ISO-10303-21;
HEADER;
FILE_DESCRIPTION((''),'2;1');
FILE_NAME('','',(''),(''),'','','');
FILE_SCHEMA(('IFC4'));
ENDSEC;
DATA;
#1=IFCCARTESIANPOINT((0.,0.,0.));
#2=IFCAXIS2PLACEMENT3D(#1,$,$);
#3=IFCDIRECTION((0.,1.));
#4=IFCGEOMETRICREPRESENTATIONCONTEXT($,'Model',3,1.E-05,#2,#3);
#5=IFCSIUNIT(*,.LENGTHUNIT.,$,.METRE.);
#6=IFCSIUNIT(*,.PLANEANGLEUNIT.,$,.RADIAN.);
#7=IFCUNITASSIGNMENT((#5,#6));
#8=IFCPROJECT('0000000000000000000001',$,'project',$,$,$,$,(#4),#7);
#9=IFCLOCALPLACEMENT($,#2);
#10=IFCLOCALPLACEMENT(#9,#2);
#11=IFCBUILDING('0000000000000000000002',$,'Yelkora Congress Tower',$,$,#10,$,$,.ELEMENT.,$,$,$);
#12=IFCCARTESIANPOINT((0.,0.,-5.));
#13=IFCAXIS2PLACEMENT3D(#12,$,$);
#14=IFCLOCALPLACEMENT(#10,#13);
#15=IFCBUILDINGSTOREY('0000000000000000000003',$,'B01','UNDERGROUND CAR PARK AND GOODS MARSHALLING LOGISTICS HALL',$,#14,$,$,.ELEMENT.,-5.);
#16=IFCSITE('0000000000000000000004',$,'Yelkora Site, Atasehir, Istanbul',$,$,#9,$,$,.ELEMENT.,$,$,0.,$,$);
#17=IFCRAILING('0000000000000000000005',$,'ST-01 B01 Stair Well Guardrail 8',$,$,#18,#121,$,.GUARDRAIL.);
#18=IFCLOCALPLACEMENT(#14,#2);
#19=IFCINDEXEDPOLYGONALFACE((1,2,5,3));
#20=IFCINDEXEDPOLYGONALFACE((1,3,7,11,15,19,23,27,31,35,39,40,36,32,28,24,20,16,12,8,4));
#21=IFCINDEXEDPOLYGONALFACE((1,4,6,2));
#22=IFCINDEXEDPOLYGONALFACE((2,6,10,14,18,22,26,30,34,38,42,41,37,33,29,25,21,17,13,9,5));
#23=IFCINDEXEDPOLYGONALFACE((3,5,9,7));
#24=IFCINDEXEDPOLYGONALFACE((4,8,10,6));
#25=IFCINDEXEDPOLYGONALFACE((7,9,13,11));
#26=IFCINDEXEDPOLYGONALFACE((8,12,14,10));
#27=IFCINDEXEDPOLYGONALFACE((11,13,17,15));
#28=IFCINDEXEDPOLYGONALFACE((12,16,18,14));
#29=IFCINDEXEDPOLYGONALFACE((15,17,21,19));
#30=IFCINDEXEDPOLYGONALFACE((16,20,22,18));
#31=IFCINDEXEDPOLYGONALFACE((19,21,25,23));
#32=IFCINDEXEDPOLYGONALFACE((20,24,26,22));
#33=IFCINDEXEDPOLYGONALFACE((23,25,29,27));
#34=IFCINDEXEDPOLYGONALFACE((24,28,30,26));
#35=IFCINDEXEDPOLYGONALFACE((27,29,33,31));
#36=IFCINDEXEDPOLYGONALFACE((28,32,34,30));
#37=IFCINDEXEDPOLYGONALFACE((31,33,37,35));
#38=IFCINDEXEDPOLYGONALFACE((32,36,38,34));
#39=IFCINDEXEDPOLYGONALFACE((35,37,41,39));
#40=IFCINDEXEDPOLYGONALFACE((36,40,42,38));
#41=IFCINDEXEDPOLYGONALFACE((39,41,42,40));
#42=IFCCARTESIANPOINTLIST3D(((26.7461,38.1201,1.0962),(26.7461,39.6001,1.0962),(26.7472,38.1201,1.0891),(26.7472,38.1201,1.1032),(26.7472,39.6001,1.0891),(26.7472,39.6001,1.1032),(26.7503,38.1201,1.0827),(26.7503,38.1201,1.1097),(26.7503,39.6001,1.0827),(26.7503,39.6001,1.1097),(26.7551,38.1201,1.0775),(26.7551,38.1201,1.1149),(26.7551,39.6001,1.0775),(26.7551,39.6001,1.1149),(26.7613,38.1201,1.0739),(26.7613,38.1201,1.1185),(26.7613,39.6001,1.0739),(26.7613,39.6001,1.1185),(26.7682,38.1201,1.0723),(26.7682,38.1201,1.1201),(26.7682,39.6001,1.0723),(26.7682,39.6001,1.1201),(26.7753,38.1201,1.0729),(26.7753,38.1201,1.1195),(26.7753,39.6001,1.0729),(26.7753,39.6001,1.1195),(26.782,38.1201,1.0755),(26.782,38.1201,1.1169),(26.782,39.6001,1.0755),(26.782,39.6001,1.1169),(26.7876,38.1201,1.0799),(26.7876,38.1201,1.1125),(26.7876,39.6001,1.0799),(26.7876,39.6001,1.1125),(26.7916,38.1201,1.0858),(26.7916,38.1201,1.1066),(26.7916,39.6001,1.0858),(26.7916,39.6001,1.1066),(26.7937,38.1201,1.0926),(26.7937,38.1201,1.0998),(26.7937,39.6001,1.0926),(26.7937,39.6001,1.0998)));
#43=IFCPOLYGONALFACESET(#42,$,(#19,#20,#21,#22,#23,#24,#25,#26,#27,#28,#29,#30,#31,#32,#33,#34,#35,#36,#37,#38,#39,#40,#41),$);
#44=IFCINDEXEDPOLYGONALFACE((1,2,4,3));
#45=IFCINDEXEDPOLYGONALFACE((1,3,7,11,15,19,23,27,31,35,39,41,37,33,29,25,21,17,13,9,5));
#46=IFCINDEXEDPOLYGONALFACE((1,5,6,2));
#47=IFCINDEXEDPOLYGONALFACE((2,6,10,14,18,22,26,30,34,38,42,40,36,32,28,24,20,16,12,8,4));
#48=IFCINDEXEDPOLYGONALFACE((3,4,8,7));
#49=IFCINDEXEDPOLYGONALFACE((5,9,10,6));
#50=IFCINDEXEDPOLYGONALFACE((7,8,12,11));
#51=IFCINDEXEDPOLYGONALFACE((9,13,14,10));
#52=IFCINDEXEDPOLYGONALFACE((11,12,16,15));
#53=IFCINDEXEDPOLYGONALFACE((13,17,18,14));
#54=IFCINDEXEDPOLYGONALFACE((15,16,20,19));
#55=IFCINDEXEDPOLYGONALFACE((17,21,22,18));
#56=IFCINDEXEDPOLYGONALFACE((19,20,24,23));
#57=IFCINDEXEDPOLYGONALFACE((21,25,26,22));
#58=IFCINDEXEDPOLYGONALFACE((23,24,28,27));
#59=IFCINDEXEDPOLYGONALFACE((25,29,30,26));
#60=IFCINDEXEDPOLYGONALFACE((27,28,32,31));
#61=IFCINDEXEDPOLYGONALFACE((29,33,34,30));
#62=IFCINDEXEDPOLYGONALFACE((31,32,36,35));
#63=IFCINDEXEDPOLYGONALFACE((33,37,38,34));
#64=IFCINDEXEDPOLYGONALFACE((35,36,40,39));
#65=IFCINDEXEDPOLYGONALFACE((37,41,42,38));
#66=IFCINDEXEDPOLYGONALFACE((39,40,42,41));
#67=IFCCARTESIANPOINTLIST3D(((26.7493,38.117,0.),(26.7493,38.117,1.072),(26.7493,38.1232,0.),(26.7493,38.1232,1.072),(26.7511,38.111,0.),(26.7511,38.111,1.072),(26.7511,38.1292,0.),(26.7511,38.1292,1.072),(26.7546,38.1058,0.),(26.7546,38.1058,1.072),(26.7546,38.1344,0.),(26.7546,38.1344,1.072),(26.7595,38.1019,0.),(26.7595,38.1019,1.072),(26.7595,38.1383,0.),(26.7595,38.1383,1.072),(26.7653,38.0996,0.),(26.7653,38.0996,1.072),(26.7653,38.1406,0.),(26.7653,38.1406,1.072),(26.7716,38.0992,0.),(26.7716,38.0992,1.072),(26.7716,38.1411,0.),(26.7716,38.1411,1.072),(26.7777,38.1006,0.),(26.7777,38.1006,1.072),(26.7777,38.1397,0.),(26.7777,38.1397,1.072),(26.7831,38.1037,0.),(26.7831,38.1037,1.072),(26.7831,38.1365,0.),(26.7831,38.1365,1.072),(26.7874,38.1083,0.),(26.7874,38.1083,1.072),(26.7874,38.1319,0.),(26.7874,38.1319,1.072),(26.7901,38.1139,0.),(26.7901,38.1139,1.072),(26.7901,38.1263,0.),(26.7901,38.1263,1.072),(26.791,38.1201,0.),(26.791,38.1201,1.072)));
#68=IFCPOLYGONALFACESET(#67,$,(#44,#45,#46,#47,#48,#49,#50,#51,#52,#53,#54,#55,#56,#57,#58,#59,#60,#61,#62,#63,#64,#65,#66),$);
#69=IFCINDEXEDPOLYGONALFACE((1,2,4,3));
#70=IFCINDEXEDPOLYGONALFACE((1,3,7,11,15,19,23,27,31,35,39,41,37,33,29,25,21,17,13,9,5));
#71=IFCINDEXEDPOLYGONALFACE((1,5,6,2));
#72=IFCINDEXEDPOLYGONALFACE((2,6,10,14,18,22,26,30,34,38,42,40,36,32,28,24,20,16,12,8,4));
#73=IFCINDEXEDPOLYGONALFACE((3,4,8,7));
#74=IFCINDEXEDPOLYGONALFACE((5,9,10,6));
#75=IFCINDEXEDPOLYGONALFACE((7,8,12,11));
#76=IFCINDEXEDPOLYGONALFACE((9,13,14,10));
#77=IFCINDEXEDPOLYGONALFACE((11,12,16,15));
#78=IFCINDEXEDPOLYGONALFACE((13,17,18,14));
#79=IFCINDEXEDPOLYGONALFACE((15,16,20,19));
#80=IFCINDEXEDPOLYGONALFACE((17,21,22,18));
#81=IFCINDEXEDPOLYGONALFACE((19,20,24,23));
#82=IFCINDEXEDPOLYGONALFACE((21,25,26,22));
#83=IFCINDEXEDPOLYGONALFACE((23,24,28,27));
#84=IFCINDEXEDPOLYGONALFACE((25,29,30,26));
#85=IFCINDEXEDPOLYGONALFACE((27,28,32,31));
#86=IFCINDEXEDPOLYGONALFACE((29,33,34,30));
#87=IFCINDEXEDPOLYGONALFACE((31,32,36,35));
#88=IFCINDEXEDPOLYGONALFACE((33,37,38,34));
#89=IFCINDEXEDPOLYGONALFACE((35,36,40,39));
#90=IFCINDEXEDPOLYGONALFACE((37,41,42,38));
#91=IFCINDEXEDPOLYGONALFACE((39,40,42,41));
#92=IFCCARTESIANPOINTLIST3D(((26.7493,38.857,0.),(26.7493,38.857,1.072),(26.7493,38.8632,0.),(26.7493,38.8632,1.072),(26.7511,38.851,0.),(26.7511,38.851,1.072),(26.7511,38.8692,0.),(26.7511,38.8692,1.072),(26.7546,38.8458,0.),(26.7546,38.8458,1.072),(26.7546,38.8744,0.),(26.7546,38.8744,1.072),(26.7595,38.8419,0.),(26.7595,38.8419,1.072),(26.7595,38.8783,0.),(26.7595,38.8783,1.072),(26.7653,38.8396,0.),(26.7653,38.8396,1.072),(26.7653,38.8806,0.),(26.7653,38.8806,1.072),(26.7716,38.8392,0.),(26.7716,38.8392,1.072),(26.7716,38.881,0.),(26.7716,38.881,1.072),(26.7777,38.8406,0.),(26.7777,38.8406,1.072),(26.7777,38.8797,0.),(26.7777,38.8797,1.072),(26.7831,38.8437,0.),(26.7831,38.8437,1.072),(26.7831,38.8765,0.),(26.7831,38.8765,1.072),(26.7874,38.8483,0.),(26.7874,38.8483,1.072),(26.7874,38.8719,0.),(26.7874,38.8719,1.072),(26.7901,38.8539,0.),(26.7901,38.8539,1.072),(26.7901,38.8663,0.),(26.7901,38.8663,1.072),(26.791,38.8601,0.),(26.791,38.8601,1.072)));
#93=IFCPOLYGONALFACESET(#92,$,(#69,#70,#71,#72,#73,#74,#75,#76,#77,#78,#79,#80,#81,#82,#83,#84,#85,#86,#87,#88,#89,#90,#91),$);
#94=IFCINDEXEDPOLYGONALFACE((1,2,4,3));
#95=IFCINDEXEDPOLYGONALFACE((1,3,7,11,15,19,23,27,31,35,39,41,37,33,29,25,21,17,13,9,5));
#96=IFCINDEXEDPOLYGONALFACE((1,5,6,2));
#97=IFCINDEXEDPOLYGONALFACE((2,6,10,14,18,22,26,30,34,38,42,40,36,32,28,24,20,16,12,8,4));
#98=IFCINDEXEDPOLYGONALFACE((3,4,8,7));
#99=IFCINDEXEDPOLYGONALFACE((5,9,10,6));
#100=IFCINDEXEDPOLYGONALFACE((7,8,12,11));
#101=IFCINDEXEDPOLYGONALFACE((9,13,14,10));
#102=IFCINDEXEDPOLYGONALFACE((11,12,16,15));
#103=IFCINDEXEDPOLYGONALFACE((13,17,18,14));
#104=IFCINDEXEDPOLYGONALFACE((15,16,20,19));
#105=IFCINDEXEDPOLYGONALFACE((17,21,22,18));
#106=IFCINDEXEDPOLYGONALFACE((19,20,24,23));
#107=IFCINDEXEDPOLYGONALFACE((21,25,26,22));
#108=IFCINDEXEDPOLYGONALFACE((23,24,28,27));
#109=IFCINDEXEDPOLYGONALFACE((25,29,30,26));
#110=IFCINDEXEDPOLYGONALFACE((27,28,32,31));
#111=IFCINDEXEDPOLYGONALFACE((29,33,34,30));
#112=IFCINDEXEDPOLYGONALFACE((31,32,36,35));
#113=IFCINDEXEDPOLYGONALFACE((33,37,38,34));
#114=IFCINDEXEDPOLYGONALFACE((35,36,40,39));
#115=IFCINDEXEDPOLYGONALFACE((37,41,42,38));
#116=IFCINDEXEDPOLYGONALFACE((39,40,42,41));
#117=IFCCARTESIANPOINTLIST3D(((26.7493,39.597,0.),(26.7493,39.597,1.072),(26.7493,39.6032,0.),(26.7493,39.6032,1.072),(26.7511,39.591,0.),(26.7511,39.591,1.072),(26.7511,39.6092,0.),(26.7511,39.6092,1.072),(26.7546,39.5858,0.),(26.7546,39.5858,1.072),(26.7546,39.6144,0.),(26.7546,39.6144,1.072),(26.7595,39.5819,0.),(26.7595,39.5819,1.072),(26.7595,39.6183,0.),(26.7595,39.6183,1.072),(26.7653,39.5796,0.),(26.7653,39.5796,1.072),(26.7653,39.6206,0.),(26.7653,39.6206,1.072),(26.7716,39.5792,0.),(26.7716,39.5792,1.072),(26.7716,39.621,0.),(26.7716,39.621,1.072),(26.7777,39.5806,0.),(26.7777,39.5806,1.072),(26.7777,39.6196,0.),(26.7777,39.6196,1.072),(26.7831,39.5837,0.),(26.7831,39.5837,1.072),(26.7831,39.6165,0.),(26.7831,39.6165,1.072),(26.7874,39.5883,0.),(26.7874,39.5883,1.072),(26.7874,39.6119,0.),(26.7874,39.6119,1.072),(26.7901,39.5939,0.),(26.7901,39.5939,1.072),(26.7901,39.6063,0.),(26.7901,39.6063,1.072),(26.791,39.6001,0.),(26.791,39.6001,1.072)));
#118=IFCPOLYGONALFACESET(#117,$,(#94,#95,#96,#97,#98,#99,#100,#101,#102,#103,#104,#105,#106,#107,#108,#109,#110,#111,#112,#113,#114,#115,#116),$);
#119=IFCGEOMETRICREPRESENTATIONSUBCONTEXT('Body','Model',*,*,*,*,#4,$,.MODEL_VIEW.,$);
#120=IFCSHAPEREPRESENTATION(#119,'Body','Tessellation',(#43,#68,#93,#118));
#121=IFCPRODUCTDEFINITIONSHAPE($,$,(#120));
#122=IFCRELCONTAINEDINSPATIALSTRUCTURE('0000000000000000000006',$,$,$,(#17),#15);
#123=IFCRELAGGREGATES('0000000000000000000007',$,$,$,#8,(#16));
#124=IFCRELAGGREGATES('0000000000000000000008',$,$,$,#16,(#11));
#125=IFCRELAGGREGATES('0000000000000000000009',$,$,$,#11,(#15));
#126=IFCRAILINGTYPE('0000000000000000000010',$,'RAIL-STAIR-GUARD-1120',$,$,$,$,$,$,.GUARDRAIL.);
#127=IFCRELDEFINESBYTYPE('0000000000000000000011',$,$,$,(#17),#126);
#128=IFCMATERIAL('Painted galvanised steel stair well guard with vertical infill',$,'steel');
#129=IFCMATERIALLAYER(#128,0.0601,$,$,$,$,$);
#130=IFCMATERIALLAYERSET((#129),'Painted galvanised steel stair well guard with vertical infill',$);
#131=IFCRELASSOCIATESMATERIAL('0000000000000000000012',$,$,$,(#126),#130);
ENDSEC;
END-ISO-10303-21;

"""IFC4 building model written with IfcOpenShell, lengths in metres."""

from ifc_helpers import new_model, si_unit, direction, frame, origin, origin_2d, place, context, subcontext, project, spatial, circle, extrude, material, layer, layer_set, type_object, element, save


model = new_model("IFC4")

# Units and contexts
model_context = context("Model", 3, precision=1e-05, world=origin(), true_north=direction((0.0, 1.0)))
body_context = subcontext(model_context, "Body", "Model", "MODEL_VIEW")
ifc_project = project(units=[si_unit("LENGTHUNIT", "METRE"), si_unit("PLANEANGLEUNIT", "RADIAN")], contexts=[model_context])

# Site, building, storey
site_placement = place(None, origin())
site = spatial("IfcSite", under=ifc_project, at=site_placement, Name="Yelkora Site, Atasehir, Istanbul", CompositionType="ELEMENT", RefElevation=0.0)
building_placement = place(site_placement, origin())
building = spatial("IfcBuilding", under=site, at=building_placement, Name="Yelkora Congress Tower", CompositionType="ELEMENT")
storey_placement = place(building_placement, frame((0.0, 0.0, -5.0)))
storey = spatial("IfcBuildingStorey", under=building, at=storey_placement, Name="B01", Description="UNDERGROUND CAR PARK AND GOODS MARSHALLING LOGISTICS HALL", CompositionType="ELEMENT", Elevation=-5.0)

# Railing
ifc_material_1 = material(Name="Painted galvanised steel stair well guard with vertical infill", Category="steel")
ifc_layer_1 = layer(ifc_material_1, 0.0601)
ifc_layer_set_1 = layer_set([ifc_layer_1], Name="Painted galvanised steel stair well guard with vertical infill")
railing_type_1 = type_object("IfcRailingType", Name="RAIL-STAIR-GUARD-1120", PredefinedType="GUARDRAIL", material=ifc_layer_set_1)
railing_1_placement = place(storey_placement, frame((26.77, 38.1201, 0.0)))
element("IfcRailing", 1, at=railing_1_placement, inside=storey, type_object=railing_type_1, Name="ST-01 B01 Stair Well Guardrail 8", PredefinedType="GUARDRAIL", context=body_context, shape_type="SweptSolid", body=[
    extrude(circle(Radius=0.0239, at=origin_2d()), frame((0.0, 0.0, 1.0962), z_axis=(0.0, 1.0, 0.0), x_axis=(-1.0, 0.0, 0.0)), (0.0, 0.0, 1.0), 1.48),
    extrude(circle(Radius=0.021, at=origin_2d()), origin(), (0.0, 0.0, 1.0), 1.072),
    extrude(circle(Radius=0.021, at=origin_2d()), frame((0.0, 0.74, 0.0)), (0.0, 0.0, 1.0), 1.072),
    extrude(circle(Radius=0.021, at=origin_2d()), frame((0.0, 1.48, 0.0)), (0.0, 0.0, 1.0), 1.072),
])

save(model, "model.ifc")
